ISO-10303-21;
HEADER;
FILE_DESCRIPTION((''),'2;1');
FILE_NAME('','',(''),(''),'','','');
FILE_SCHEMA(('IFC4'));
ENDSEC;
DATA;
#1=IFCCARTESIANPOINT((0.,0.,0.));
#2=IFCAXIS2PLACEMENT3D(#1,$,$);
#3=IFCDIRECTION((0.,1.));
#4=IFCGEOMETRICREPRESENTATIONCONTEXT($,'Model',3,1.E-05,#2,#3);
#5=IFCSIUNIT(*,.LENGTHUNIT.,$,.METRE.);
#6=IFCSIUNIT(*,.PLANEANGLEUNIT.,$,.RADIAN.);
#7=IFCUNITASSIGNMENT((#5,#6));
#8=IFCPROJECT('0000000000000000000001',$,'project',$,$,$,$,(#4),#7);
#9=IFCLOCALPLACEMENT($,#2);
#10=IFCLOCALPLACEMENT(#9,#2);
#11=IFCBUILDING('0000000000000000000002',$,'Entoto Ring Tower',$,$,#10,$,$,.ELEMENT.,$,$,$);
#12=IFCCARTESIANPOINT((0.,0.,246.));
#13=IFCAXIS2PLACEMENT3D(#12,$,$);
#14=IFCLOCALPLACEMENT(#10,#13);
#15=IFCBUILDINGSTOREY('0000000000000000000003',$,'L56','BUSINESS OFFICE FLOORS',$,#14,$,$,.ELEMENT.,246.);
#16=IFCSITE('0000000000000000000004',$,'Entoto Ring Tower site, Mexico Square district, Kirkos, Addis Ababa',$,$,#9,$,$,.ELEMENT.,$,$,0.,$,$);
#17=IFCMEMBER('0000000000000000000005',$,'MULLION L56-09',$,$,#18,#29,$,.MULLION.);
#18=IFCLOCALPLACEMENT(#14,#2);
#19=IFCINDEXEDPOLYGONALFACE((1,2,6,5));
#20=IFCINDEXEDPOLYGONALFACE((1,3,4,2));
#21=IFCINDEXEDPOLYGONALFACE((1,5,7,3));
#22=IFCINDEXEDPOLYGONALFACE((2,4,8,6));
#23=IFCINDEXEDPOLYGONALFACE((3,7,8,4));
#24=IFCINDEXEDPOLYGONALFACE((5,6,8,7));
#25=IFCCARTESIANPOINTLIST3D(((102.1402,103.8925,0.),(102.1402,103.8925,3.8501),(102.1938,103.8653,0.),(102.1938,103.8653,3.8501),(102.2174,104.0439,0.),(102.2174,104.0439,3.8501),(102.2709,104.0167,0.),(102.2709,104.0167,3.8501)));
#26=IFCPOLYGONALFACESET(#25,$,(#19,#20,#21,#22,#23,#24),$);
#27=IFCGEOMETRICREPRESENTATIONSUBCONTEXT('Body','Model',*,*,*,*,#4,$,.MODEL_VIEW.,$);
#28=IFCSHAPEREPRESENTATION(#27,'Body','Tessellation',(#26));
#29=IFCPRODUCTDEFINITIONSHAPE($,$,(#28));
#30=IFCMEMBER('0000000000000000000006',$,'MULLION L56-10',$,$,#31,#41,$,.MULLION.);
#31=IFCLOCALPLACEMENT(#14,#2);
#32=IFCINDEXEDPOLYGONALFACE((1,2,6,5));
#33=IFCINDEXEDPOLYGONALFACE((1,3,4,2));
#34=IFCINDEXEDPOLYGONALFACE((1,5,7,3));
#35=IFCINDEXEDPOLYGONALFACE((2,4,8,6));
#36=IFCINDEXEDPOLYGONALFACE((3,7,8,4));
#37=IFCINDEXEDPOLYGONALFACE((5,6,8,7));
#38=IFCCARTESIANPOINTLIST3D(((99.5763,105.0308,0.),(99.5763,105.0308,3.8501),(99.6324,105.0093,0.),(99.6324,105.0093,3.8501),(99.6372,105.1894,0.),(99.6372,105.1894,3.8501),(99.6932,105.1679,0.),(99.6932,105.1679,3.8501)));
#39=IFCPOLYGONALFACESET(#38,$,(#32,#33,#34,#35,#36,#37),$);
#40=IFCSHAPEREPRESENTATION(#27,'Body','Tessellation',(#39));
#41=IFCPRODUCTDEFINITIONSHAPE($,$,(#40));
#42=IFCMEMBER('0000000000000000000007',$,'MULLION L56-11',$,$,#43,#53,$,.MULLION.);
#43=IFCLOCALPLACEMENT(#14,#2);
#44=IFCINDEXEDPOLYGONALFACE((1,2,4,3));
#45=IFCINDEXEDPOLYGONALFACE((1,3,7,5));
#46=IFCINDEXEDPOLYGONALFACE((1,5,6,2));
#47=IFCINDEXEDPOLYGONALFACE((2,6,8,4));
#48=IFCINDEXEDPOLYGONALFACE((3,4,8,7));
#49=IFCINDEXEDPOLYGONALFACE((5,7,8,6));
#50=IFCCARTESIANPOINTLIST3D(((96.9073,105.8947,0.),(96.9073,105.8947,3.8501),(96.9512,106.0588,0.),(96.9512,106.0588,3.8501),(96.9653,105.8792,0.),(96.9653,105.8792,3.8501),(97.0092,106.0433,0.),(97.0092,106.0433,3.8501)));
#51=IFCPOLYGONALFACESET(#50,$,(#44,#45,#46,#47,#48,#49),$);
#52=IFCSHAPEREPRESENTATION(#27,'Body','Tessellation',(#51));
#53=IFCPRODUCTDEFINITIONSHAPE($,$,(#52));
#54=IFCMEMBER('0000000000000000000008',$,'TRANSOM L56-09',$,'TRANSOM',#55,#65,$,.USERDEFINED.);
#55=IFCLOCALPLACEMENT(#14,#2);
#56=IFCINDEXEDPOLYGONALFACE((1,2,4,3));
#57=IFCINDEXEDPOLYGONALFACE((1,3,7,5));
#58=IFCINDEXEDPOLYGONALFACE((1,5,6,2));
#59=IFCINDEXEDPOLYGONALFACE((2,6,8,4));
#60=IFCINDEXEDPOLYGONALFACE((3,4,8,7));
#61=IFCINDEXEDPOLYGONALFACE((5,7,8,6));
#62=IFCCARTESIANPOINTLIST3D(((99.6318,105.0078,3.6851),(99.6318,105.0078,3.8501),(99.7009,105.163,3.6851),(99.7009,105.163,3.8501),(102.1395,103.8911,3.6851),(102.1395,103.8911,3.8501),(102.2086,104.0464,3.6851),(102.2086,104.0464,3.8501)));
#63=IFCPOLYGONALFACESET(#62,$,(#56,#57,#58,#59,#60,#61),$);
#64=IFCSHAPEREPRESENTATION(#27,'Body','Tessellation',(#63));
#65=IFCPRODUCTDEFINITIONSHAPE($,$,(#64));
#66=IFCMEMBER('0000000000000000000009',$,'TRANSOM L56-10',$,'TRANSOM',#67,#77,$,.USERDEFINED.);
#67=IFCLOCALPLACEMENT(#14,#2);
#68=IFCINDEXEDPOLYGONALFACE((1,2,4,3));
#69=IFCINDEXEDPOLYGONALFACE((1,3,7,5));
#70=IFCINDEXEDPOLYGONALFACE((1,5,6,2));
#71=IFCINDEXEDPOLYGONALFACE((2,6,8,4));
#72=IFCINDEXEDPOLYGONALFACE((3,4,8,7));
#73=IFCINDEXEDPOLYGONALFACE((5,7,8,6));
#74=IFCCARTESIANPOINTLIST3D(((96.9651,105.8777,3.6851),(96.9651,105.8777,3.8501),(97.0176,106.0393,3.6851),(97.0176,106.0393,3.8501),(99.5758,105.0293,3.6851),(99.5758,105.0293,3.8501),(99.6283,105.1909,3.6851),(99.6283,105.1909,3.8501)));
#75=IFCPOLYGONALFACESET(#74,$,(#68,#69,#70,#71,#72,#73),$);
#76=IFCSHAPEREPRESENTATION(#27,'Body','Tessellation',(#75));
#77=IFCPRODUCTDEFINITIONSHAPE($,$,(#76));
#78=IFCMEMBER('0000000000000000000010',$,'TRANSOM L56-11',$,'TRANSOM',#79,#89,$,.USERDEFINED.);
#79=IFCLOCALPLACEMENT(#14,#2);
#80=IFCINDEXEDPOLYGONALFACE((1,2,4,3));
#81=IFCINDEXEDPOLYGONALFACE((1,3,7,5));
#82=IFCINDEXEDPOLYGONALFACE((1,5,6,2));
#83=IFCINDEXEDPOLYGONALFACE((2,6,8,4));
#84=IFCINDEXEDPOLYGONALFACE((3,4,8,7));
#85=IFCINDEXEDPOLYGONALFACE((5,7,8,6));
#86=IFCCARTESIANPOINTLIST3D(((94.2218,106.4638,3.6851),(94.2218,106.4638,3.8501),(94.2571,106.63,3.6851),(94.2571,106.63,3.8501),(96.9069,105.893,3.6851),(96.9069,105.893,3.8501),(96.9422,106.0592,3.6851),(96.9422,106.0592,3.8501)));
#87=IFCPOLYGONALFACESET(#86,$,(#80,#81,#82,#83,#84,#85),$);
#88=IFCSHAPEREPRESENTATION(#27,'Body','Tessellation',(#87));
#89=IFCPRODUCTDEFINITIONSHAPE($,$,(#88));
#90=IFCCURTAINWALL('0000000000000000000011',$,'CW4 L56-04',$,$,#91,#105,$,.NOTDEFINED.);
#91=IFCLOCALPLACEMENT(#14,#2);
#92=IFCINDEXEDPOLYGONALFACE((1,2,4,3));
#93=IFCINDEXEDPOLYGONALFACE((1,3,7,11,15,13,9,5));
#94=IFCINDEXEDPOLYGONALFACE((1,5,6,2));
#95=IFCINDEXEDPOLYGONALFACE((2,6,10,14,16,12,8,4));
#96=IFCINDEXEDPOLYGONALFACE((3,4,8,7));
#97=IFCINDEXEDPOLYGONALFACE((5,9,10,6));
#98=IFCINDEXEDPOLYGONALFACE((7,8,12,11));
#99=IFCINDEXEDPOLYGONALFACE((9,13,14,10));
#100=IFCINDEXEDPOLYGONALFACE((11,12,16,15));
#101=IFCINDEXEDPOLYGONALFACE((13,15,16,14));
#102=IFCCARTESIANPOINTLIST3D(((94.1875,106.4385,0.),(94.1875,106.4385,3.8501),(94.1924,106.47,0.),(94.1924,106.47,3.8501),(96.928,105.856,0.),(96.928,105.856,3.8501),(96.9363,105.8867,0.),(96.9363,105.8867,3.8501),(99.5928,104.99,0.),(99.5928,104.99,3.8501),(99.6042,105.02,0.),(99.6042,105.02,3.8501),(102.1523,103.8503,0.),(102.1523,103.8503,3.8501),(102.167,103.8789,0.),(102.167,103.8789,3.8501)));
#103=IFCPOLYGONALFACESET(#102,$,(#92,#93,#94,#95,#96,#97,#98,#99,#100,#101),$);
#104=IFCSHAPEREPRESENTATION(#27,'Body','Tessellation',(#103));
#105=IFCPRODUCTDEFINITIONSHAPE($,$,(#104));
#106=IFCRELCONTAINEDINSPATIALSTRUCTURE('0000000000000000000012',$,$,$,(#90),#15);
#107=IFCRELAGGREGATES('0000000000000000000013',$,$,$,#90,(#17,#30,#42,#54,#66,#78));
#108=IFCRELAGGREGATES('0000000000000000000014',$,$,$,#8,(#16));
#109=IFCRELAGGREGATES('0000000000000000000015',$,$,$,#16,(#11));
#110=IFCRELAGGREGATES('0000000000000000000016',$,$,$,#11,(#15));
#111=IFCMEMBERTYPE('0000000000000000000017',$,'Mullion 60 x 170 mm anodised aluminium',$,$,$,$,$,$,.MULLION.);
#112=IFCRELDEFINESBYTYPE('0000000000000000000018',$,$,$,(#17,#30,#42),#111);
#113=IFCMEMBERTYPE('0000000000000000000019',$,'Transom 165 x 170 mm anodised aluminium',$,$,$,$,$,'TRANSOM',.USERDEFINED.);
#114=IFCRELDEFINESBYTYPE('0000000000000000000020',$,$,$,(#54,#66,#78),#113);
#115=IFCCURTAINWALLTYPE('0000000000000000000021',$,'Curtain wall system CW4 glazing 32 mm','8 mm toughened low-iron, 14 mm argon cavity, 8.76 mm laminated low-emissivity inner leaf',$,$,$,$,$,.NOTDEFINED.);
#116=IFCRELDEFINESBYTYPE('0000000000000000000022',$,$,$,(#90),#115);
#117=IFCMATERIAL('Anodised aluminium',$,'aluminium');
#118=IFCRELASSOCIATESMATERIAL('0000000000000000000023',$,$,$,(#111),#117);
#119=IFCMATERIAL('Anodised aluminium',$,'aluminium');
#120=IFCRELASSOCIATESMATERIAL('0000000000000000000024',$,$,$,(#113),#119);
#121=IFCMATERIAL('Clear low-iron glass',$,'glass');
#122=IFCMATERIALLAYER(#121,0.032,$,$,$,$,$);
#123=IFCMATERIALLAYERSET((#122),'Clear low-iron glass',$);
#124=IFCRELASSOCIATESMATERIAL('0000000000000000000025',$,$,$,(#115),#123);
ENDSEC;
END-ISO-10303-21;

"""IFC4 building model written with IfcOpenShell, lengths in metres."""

from ifc_helpers import new_model, si_unit, direction, frame, origin, origin_2d, place, context, subcontext, project, spatial, polyline, rectangle, outline, extrude, material, layer, layer_set, material_profile, profile_set, type_object, element, aggregate, save


model = new_model("IFC4")

# Units and contexts
model_context = context("Model", 3, precision=1e-05, world=origin(), true_north=direction((0.0, 1.0)))
body_context = subcontext(model_context, "Body", "Model", "MODEL_VIEW")
ifc_project = project(units=[si_unit("LENGTHUNIT", "METRE"), si_unit("PLANEANGLEUNIT", "RADIAN")], contexts=[model_context])

# Members
ifc_material_1 = material(Name="Anodised aluminium", Category="aluminium")
ifc_material_profile_1 = material_profile(ifc_material_1, rectangle(XDim=0.0601, YDim=0.1699, at=origin_2d()), Name="Mullion 60 x 170 mm anodised aluminium")
ifc_profile_set_1 = profile_set([ifc_material_profile_1], Name="Anodised aluminium")
member_type_1 = type_object("IfcMemberType", Name="Mullion 60 x 170 mm anodised aluminium", PredefinedType="MULLION", material=ifc_profile_set_1)
site_placement = place(None, origin())
building_placement = place(site_placement, origin())
storey_placement = place(building_placement, frame((0.0, 0.0, 246.0)))
member_1_placement = place(storey_placement, frame((102.2056, 103.9546, 0.0), z_axis=(0.0, 0.0, 1.0), x_axis=(-0.891007, 0.45399, 0.0)))
member_1 = element("IfcMember", 1, at=member_1_placement, type_object=member_type_1, Name="MULLION L56-09", PredefinedType="MULLION", context=body_context, shape_type="SweptSolid", body=[
    extrude(rectangle(XDim=0.0601, YDim=0.1699, at=origin_2d()), origin(), (0.0, 0.0, 1.0), 3.8501),
])
member_2_placement = place(storey_placement, frame((99.6348, 105.0994, 0.0), z_axis=(0.0, 0.0, 1.0), x_axis=(-0.93358, 0.358368, 0.0)))
member_2 = element("IfcMember", 2, at=member_2_placement, type_object=member_type_1, Name="MULLION L56-10", PredefinedType="MULLION", context=body_context, shape_type="SweptSolid", body=[
    extrude(rectangle(XDim=0.0601, YDim=0.1699, at=origin_2d()), origin(), (0.0, 0.0, 1.0), 3.8501),
])
member_3_placement = place(storey_placement, frame((96.9583, 105.969, 0.0), z_axis=(0.0, 0.0, 1.0), x_axis=(-0.965926, 0.258819, 0.0)))
member_3 = element("IfcMember", 3, at=member_3_placement, type_object=member_type_1, Name="MULLION L56-11", PredefinedType="MULLION", context=body_context, shape_type="SweptSolid", body=[
    extrude(rectangle(XDim=0.0601, YDim=0.1699, at=origin_2d()), origin(), (0.0, 0.0, 1.0), 3.8501),
])
ifc_material_2 = material(Name="Anodised aluminium", Category="aluminium")
ifc_material_profile_2 = material_profile(ifc_material_2, rectangle(XDim=0.1699, YDim=0.165, at=origin_2d()), Name="Transom 165 x 170 mm anodised aluminium")
ifc_profile_set_2 = profile_set([ifc_material_profile_2], Name="Anodised aluminium")
member_type_2 = type_object("IfcMemberType", Name="Transom 165 x 170 mm anodised aluminium", ElementType="TRANSOM", PredefinedType="USERDEFINED", material=ifc_profile_set_2)
member_4_placement = place(storey_placement, frame((102.1741, 103.9688, 3.7676), z_axis=(-0.913525, 0.406782, 0.0), x_axis=(-0.406782, -0.913525, 0.0)))
member_4 = element("IfcMember", 4, at=member_4_placement, type_object=member_type_2, Name="TRANSOM L56-09", ObjectType="TRANSOM", PredefinedType="USERDEFINED", context=body_context, shape_type="SweptSolid", body=[
    extrude(rectangle(XDim=0.1699, YDim=0.165, at=origin_2d()), origin(), (0.0, 0.0, 1.0), 2.7451),
])
member_5_placement = place(storey_placement, frame((99.6021, 105.1101, 3.7676), z_axis=(-0.951048, 0.309042, 0.0), x_axis=(-0.309042, -0.951048, 0.0)))
member_5 = element("IfcMember", 5, at=member_5_placement, type_object=member_type_2, Name="TRANSOM L56-10", ObjectType="TRANSOM", PredefinedType="USERDEFINED", context=body_context, shape_type="SweptSolid", body=[
    extrude(rectangle(XDim=0.1699, YDim=0.165, at=origin_2d()), origin(), (0.0, 0.0, 1.0), 2.7451),
])
member_6_placement = place(storey_placement, frame((96.9246, 105.9761, 3.7676), z_axis=(-0.978142, 0.207937, 0.0), x_axis=(-0.207937, -0.978142, 0.0)))
member_6 = element("IfcMember", 6, at=member_6_placement, type_object=member_type_2, Name="TRANSOM L56-11", ObjectType="TRANSOM", PredefinedType="USERDEFINED", context=body_context, shape_type="SweptSolid", body=[
    extrude(rectangle(XDim=0.1699, YDim=0.165, at=origin_2d()), origin(), (0.0, 0.0, 1.0), 2.7451),
])

# Site, building, storey
site = spatial("IfcSite", under=ifc_project, at=site_placement, Name="Entoto Ring Tower site, Mexico Square district, Kirkos, Addis Ababa", CompositionType="ELEMENT", RefElevation=0.0)
building = spatial("IfcBuilding", under=site, at=building_placement, Name="Entoto Ring Tower", CompositionType="ELEMENT")
storey = spatial("IfcBuildingStorey", under=building, at=storey_placement, Name="L56", Description="BUSINESS OFFICE FLOORS", CompositionType="ELEMENT", Elevation=246.0)

# Curtain wall
ifc_material_3 = material(Name="Clear low-iron glass", Category="glass")
ifc_layer = layer(ifc_material_3, 0.032)
ifc_layer_set = layer_set([ifc_layer], Name="Clear low-iron glass")
curtain_wall_type = type_object("IfcCurtainWallType", Name="Curtain wall system CW4 glazing 32 mm", Description="8 mm toughened low-iron, 14 mm argon cavity, 8.76 mm laminated low-emissivity inner leaf", PredefinedType="NOTDEFINED", material=ifc_layer_set)
curtain_wall_1_placement = place(storey_placement, origin())
curtain_wall_1 = element("IfcCurtainWall", 7, at=curtain_wall_1_placement, inside=storey, type_object=curtain_wall_type, Name="CW4 L56-04", PredefinedType="NOTDEFINED", context=body_context, shape_type="SweptSolid", body=[
    extrude(outline(polyline([(102.167, 103.8789), (99.6042, 105.02), (96.9363, 105.8867), (94.1924, 106.47), (94.1875, 106.4385), (96.928, 105.856), (99.5928, 104.99), (102.1523, 103.8503), (102.167, 103.8789)])), origin(), (0.0, 0.0, 1.0), 3.8501),
])
aggregate(curtain_wall_1, [member_1, member_2, member_3, member_4, member_5, member_6])

save(model, "model.ifc")
